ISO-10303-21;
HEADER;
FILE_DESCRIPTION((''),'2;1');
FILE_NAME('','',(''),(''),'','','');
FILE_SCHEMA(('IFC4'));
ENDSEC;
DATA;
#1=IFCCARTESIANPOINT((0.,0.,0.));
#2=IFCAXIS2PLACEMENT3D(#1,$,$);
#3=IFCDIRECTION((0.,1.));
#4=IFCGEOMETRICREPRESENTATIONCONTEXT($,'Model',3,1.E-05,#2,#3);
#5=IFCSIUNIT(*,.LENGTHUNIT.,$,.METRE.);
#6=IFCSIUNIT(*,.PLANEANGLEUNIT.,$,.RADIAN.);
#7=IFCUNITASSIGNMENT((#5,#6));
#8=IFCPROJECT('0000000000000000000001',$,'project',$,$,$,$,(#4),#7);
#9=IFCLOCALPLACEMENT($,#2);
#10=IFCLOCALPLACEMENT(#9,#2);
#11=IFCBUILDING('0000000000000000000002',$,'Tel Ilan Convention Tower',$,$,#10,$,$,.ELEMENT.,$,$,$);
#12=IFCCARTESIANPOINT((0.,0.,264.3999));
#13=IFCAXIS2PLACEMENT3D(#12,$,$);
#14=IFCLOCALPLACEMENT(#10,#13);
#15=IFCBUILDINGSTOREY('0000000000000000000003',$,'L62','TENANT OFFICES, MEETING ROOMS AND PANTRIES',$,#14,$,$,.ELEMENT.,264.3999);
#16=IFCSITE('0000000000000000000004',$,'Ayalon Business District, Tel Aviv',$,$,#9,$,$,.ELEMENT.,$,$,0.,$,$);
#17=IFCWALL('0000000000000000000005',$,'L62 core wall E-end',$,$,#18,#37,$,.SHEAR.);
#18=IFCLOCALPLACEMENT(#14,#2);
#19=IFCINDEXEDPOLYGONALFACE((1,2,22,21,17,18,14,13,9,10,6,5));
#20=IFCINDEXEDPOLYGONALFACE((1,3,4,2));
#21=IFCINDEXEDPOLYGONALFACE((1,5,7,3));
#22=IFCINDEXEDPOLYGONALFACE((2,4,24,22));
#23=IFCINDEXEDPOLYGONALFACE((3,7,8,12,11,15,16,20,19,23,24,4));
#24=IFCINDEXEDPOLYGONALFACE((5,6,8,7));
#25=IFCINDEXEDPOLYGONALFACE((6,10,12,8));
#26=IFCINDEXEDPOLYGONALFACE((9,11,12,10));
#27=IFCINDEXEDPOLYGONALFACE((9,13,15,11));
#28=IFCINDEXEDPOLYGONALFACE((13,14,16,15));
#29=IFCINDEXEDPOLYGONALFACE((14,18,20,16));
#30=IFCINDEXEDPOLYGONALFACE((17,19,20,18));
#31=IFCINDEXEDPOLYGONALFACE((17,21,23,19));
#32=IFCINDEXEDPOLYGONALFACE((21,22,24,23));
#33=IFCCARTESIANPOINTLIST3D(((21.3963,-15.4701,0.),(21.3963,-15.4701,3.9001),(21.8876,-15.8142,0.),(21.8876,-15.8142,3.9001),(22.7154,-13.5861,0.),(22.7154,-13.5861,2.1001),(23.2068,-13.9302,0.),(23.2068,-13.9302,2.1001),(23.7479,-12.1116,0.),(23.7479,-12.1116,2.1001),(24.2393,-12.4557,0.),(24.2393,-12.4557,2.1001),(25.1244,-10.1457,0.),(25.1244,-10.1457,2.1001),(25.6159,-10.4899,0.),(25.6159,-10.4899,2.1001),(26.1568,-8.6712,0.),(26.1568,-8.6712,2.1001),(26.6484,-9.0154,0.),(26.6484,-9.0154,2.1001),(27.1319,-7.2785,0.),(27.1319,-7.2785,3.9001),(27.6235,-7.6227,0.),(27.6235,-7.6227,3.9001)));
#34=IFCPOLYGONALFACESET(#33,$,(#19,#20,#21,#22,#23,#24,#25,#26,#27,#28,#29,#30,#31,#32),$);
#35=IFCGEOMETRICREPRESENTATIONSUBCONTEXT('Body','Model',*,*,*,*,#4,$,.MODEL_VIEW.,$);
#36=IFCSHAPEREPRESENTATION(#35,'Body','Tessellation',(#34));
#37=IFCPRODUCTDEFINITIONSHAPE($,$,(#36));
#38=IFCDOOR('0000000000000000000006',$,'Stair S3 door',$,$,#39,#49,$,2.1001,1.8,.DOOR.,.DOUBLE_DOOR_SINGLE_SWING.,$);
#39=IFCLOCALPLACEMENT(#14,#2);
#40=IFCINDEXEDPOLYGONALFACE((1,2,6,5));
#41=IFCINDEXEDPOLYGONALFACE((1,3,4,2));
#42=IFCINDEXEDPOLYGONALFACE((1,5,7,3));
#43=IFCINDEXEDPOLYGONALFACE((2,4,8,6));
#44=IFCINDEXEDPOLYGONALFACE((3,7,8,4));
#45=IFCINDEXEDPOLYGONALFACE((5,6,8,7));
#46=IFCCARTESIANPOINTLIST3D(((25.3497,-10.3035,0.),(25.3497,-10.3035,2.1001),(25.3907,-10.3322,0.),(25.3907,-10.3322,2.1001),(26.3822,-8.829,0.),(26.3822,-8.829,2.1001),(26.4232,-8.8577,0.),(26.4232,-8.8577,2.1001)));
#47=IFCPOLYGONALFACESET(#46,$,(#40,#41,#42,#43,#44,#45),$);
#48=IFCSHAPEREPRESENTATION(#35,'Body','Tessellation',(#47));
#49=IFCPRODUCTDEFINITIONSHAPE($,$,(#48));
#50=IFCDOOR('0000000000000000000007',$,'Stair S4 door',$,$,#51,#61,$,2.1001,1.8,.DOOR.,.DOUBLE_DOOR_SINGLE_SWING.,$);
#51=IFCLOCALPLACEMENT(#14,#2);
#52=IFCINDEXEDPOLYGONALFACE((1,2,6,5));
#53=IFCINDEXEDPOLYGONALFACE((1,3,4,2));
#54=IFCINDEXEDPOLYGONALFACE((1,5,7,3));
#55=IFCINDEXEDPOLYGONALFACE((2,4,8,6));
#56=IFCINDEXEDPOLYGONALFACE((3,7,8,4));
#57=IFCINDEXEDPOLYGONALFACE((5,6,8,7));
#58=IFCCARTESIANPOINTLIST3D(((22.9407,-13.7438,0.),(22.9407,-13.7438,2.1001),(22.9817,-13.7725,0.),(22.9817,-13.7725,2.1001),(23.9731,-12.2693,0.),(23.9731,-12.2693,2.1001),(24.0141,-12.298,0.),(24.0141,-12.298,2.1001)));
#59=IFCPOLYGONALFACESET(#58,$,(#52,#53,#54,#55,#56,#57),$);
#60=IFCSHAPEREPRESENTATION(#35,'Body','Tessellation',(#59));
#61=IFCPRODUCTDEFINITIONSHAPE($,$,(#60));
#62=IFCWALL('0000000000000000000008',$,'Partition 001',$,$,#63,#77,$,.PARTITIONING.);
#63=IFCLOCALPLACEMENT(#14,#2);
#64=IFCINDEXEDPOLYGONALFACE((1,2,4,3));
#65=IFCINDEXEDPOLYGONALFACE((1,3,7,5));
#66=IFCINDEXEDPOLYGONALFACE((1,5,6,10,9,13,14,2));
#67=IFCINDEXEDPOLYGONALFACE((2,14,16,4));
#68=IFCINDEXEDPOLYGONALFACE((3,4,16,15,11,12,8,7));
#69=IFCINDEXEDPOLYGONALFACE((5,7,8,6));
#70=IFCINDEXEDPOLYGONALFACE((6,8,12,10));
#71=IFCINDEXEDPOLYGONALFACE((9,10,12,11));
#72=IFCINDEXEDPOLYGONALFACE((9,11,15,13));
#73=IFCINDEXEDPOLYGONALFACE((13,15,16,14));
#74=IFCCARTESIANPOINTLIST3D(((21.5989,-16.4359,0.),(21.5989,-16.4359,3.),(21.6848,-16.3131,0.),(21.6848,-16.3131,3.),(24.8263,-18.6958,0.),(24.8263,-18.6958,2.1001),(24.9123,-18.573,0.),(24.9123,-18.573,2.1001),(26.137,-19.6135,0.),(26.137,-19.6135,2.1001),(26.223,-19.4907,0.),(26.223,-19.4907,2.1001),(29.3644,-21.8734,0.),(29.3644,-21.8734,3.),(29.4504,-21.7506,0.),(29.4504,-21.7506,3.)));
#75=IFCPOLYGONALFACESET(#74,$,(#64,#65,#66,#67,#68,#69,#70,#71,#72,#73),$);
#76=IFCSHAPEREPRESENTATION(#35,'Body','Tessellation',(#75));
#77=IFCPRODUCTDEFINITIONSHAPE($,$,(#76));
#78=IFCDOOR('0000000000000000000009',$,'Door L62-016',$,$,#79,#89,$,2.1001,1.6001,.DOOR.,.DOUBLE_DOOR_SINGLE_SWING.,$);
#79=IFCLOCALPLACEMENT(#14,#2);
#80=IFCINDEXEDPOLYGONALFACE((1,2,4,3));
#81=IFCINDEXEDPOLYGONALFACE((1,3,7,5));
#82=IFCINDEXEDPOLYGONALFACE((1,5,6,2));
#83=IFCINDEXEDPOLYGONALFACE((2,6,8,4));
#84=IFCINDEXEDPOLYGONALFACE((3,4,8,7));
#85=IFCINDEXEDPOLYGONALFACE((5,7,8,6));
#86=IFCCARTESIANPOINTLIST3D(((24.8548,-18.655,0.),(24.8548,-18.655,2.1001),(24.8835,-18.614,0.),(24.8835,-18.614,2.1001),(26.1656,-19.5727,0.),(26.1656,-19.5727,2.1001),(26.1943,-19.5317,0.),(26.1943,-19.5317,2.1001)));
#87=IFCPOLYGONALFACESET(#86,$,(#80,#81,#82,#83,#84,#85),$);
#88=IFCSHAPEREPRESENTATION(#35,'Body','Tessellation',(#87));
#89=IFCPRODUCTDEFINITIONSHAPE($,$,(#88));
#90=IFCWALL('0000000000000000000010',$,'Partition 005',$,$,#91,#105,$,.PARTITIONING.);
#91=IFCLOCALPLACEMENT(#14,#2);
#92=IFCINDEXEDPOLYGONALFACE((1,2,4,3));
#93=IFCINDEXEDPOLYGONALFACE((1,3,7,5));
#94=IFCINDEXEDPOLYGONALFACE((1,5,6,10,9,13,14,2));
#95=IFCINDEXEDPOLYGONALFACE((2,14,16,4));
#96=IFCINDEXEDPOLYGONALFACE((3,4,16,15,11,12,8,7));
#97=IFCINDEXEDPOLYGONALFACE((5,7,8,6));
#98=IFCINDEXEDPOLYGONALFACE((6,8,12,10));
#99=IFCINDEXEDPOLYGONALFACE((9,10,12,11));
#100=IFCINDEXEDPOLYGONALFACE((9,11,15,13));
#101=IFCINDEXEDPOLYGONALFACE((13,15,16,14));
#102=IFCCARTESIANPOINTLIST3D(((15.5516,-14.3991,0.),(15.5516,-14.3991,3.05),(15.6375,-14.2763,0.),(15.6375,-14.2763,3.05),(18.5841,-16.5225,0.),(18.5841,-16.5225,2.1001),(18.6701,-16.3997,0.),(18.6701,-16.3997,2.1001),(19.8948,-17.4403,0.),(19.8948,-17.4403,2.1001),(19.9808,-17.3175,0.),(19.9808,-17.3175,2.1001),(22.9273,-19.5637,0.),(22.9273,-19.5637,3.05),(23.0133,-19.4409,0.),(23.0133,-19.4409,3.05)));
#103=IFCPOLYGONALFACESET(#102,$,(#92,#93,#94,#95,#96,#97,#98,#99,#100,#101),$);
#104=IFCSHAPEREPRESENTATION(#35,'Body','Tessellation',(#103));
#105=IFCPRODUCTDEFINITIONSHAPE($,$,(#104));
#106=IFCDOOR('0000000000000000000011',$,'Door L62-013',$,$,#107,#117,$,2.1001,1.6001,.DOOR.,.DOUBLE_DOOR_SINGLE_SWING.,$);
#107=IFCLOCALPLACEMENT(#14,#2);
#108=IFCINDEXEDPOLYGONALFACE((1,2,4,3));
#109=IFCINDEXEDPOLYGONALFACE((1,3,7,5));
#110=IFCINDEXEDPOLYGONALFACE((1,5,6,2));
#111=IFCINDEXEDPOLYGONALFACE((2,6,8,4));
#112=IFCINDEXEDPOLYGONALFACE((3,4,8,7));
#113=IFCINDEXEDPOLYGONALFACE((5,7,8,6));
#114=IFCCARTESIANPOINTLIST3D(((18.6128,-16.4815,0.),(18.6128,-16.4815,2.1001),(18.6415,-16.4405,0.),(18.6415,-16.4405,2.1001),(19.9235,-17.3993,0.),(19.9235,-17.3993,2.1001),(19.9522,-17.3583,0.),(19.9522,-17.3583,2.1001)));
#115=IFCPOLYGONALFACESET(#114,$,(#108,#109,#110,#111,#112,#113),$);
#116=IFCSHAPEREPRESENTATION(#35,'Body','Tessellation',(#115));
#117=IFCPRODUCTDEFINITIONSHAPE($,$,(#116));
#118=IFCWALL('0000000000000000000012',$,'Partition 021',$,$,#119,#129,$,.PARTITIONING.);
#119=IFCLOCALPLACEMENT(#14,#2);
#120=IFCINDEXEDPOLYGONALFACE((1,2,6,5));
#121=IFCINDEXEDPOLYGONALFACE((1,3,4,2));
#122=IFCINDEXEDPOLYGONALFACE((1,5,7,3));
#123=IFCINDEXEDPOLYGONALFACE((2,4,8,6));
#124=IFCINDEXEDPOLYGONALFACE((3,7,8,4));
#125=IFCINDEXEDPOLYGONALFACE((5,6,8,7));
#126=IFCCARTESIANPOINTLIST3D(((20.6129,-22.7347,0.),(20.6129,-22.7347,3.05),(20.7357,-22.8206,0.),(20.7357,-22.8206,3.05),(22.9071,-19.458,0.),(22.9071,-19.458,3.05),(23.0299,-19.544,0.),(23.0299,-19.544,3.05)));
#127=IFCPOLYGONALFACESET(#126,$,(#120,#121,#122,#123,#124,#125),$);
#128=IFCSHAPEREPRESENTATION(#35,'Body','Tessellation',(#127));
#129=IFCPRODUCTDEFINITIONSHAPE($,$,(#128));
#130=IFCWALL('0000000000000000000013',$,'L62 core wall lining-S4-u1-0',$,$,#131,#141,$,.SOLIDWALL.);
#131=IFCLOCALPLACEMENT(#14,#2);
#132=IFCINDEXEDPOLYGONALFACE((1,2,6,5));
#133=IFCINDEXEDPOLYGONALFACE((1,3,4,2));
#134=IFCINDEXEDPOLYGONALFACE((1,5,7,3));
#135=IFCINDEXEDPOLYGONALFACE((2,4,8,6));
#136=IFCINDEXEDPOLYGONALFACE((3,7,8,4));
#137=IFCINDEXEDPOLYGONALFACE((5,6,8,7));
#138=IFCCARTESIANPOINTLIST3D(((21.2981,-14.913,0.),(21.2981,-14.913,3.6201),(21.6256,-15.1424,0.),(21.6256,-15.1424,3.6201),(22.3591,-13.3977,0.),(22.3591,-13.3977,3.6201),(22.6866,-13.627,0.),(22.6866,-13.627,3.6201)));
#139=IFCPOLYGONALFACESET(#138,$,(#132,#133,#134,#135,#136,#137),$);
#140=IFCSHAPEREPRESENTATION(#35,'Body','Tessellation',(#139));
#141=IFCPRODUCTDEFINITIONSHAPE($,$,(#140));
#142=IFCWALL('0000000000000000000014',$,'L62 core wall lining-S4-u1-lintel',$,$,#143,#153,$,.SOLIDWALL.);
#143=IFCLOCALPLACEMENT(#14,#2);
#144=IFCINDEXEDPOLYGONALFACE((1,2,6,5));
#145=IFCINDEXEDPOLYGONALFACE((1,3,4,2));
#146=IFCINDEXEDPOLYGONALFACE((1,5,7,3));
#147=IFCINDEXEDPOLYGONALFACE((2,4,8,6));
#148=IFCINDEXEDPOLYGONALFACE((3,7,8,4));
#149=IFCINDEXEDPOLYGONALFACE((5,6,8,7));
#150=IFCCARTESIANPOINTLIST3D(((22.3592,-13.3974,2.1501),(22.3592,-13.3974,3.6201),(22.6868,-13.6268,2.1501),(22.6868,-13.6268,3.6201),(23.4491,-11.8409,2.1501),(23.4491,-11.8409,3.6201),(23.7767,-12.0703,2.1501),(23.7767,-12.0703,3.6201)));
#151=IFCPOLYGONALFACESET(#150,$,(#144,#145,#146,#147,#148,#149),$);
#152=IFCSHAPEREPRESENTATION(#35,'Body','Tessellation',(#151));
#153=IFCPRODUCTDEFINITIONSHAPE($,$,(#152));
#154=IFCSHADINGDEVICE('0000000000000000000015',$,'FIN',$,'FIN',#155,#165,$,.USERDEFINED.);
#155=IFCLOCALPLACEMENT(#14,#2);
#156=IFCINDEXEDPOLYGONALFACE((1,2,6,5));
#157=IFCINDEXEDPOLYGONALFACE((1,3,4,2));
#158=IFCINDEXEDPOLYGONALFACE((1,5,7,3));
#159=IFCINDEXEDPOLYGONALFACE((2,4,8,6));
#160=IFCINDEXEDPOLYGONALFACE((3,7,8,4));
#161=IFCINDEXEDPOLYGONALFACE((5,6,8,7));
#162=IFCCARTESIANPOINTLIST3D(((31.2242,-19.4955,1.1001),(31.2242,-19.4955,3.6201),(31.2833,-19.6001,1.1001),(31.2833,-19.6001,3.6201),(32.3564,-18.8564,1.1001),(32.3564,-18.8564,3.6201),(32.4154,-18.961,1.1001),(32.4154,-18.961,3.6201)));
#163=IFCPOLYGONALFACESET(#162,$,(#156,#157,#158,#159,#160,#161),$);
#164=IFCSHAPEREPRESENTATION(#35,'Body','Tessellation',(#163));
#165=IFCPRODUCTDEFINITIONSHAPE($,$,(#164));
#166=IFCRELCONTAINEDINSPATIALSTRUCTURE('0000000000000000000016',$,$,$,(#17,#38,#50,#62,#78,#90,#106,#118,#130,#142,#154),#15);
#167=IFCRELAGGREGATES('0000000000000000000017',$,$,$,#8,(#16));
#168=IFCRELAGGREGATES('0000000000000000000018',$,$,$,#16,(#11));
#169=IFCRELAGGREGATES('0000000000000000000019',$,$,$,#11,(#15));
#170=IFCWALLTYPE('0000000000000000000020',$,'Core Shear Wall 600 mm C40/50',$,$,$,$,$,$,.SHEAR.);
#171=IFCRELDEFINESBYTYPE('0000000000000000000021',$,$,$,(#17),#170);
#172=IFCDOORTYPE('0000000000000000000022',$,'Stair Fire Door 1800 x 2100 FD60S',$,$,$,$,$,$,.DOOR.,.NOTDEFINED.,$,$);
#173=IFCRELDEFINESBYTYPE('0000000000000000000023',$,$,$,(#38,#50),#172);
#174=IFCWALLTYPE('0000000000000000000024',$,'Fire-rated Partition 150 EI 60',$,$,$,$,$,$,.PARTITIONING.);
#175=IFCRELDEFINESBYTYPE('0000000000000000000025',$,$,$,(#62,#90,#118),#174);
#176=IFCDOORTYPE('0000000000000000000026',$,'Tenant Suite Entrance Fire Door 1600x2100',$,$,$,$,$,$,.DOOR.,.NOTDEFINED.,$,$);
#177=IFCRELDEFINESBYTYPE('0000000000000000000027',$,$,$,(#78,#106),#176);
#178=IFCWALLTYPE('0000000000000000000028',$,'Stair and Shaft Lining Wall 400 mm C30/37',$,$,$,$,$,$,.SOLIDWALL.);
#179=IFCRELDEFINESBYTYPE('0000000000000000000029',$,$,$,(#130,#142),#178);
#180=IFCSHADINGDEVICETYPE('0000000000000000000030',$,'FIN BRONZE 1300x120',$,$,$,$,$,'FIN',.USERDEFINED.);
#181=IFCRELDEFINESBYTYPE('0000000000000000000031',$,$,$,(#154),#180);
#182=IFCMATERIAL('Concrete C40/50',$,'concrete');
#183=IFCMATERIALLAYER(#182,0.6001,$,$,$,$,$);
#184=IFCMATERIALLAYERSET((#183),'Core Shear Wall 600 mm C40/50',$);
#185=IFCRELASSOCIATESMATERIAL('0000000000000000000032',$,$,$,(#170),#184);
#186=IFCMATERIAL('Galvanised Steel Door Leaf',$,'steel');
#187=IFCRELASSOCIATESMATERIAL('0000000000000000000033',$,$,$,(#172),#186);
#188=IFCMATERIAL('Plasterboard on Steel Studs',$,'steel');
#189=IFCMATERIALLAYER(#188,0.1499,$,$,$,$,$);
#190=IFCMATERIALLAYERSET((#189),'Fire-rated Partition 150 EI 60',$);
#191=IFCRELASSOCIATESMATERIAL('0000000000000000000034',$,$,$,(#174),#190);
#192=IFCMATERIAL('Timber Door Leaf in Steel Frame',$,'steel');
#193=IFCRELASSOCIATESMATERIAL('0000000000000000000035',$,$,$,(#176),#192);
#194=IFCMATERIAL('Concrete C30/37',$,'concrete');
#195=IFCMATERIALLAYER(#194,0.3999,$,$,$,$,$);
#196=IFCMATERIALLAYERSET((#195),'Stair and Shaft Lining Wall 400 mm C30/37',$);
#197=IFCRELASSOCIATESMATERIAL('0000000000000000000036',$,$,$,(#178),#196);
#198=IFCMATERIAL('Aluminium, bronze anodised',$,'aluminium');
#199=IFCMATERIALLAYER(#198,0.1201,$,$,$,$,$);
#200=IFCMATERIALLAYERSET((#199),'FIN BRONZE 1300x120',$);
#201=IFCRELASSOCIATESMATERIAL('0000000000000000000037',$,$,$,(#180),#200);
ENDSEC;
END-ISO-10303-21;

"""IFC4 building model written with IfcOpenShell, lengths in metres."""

from ifc_helpers import new_model, si_unit, direction, frame, frame_2d, origin, origin_2d, place, context, subcontext, project, spatial, polyline, rectangle, outline, extrude, material, layer, layer_set, type_object, element, fill, save


model = new_model("IFC4")

# Units and contexts
model_context = context("Model", 3, precision=1e-05, world=origin(), true_north=direction((0.0, 1.0)))
body_context = subcontext(model_context, "Body", "Model", "MODEL_VIEW")
ifc_project = project(units=[si_unit("LENGTHUNIT", "METRE"), si_unit("PLANEANGLEUNIT", "RADIAN")], contexts=[model_context])

# Site, building, storey
site_placement = place(None, origin())
site = spatial("IfcSite", under=ifc_project, at=site_placement, Name="Ayalon Business District, Tel Aviv", CompositionType="ELEMENT", RefElevation=0.0)
building_placement = place(site_placement, origin())
building = spatial("IfcBuilding", under=site, at=building_placement, Name="Tel Ilan Convention Tower", CompositionType="ELEMENT")
storey_placement = place(building_placement, frame((0.0, 0.0, 264.3999)))
storey = spatial("IfcBuildingStorey", under=building, at=storey_placement, Name="L62", Description="TENANT OFFICES, MEETING ROOMS AND PANTRIES", CompositionType="ELEMENT", Elevation=264.3999)

# Wall, openings, doors
ifc_material_1 = material(Name="Concrete C40/50", Category="concrete")
ifc_layer_1 = layer(ifc_material_1, 0.6001)
ifc_layer_set_1 = layer_set([ifc_layer_1], Name="Core Shear Wall 600 mm C40/50")
wall_type_1 = type_object("IfcWallType", Name="Core Shear Wall 600 mm C40/50", PredefinedType="SHEAR", material=ifc_layer_set_1)
wall_1_placement = place(storey_placement, frame((21.6418, -15.6421, 0.0), z_axis=(0.0, 0.0, 1.0), x_axis=(0.573587, 0.819145, 0.0)))
wall_1 = element("IfcWall", 1, at=wall_1_placement, inside=storey, type_object=wall_type_1, Name="L62 core wall E-end", PredefinedType="SHEAR", context=body_context, shape_type="SweptSolid", body=[
    extrude(outline(polyline([(10.0, 0.3), (0.0, 0.2998), (0.0, -0.3), (10.0, -0.3), (10.0, 0.3)])), origin(), (0.0, 0.0, 1.0), 3.9001),
])
opening_1_placement = place(wall_1_placement, frame((6.5, 0.0, 0.0)))
opening_1 = element("IfcOpeningElement", 2, at=opening_1_placement, cuts=wall_1, PredefinedType="OPENING", context=body_context, shape_type="SweptSolid", body=[
    extrude(rectangle(XDim=1.8, YDim=2.1001, at=frame_2d((0.8999, 1.05))), frame((0.0, 0.3101, 0.0), z_axis=(0.0, -1.0, 0.0), x_axis=(1.0, 0.0, 0.0)), (0.0, 0.0, 1.0), 0.6201),
])
opening_2_placement = place(wall_1_placement, frame((2.3, 0.0, 0.0)))
opening_2 = element("IfcOpeningElement", 3, at=opening_2_placement, cuts=wall_1, PredefinedType="OPENING", context=body_context, shape_type="SweptSolid", body=[
    extrude(rectangle(XDim=1.8, YDim=2.1001, at=frame_2d((0.8999, 1.05))), frame((0.0, 0.3101, 0.0), z_axis=(0.0, -1.0, 0.0), x_axis=(1.0, 0.0, 0.0)), (0.0, 0.0, 1.0), 0.6201),
])
ifc_material_2 = material(Name="Galvanised Steel Door Leaf", Category="steel")
door_type_1 = type_object("IfcDoorType", Name="Stair Fire Door 1800 x 2100 FD60S", OperationType="NOTDEFINED", PredefinedType="DOOR", material=ifc_material_2)
door_1_placement = place(opening_1_placement, origin())
door_1 = element("IfcDoor", 4, at=door_1_placement, inside=storey, type_object=door_type_1, Name="Stair S3 door", OperationType="DOUBLE_DOOR_SINGLE_SWING", OverallHeight=2.1001, OverallWidth=1.8, PredefinedType="DOOR", context=body_context, shape_type="SweptSolid", body=[
    extrude(rectangle(XDim=1.8, YDim=2.1001, at=frame_2d((0.8999, 1.05))), frame((0.0, 0.0249, 0.0), z_axis=(0.0, -1.0, 0.0), x_axis=(1.0, 0.0, 0.0)), (0.0, 0.0, 1.0), 0.05),
])
fill(opening_1, door_1)
door_2_placement = place(opening_2_placement, origin())
door_2 = element("IfcDoor", 5, at=door_2_placement, inside=storey, type_object=door_type_1, Name="Stair S4 door", OperationType="DOUBLE_DOOR_SINGLE_SWING", OverallHeight=2.1001, OverallWidth=1.8, PredefinedType="DOOR", context=body_context, shape_type="SweptSolid", body=[
    extrude(rectangle(XDim=1.8, YDim=2.1001, at=frame_2d((0.8999, 1.05))), frame((0.0, 0.0249, 0.0), z_axis=(0.0, -1.0, 0.0), x_axis=(1.0, 0.0, 0.0)), (0.0, 0.0, 1.0), 0.05),
])
fill(opening_2, door_2)

# Walls, openings, doors
ifc_material_3 = material(Name="Plasterboard on Steel Studs", Category="steel")
ifc_layer_2 = layer(ifc_material_3, 0.1499)
ifc_layer_set_2 = layer_set([ifc_layer_2], Name="Fire-rated Partition 150 EI 60")
wall_type_2 = type_object("IfcWallType", Name="Fire-rated Partition 150 EI 60", PredefinedType="PARTITIONING", material=ifc_layer_set_2)
wall_2_placement = place(storey_placement, frame((21.6418, -16.3745, 0.0), z_axis=(0.0, 0.0, 1.0), x_axis=(0.819154, -0.573573, 0.0)))
wall_2 = element("IfcWall", 6, at=wall_2_placement, inside=storey, type_object=wall_type_2, Name="Partition 001", PredefinedType="PARTITIONING", context=body_context, shape_type="SweptSolid", body=[
    extrude(rectangle(XDim=9.48, YDim=0.1499, at=frame_2d((4.74, 0.0))), origin(), (0.0, 0.0, 1.0), 3.0),
])
opening_3_placement = place(wall_2_placement, frame((3.9399, 0.0, 0.0)))
opening_3 = element("IfcOpeningElement", 7, at=opening_3_placement, cuts=wall_2, PredefinedType="OPENING", context=body_context, shape_type="SweptSolid", body=[
    extrude(rectangle(XDim=1.6001, YDim=2.1001, at=frame_2d((0.8, 1.05))), frame((0.0, 0.085, 0.0), z_axis=(0.0, -1.0, 0.0), x_axis=(1.0, 0.0, 0.0)), (0.0, 0.0, 1.0), 0.1699),
])
ifc_material_4 = material(Name="Timber Door Leaf in Steel Frame", Category="steel")
door_type_2 = type_object("IfcDoorType", Name="Tenant Suite Entrance Fire Door 1600x2100", OperationType="NOTDEFINED", PredefinedType="DOOR", material=ifc_material_4)
door_3_placement = place(opening_3_placement, origin())
door_3 = element("IfcDoor", 8, at=door_3_placement, inside=storey, type_object=door_type_2, Name="Door L62-016", OperationType="DOUBLE_DOOR_SINGLE_SWING", OverallHeight=2.1001, OverallWidth=1.6001, PredefinedType="DOOR", context=body_context, shape_type="SweptSolid", body=[
    extrude(rectangle(XDim=1.6001, YDim=2.1001, at=frame_2d((0.8, 1.05))), frame((0.0, 0.0249, 0.0), z_axis=(0.0, -1.0, 0.0), x_axis=(1.0, 0.0, 0.0)), (0.0, 0.0, 1.0), 0.05),
])
fill(opening_3, door_3)
wall_3_placement = place(storey_placement, frame((22.9702, -19.5022, 0.0), z_axis=(0.0, 0.0, 1.0), x_axis=(-0.819152, 0.573577, 0.0)))
wall_3 = element("IfcWall", 9, at=wall_3_placement, inside=storey, type_object=wall_type_2, Name="Partition 005", PredefinedType="PARTITIONING", context=body_context, shape_type="SweptSolid", body=[
    extrude(rectangle(XDim=9.0042, YDim=0.1499, at=frame_2d((4.502, 0.0))), origin(), (0.0, 0.0, 1.0), 3.05),
])
opening_4_placement = place(wall_3_placement, frame((3.7019, 0.0, 0.0)))
opening_4 = element("IfcOpeningElement", 10, at=opening_4_placement, cuts=wall_3, PredefinedType="OPENING", context=body_context, shape_type="SweptSolid", body=[
    extrude(rectangle(XDim=1.6001, YDim=2.1001, at=frame_2d((0.8, 1.05))), frame((0.0, 0.085, 0.0), z_axis=(0.0, -1.0, 0.0), x_axis=(1.0, 0.0, 0.0)), (0.0, 0.0, 1.0), 0.1699),
])
door_4_placement = place(opening_4_placement, origin())
door_4 = element("IfcDoor", 11, at=door_4_placement, inside=storey, type_object=door_type_2, Name="Door L62-013", OperationType="DOUBLE_DOOR_SINGLE_SWING", OverallHeight=2.1001, OverallWidth=1.6001, PredefinedType="DOOR", context=body_context, shape_type="SweptSolid", body=[
    extrude(rectangle(XDim=1.6001, YDim=2.1001, at=frame_2d((0.8, 1.05))), frame((0.0, 0.0249, 0.0), z_axis=(0.0, -1.0, 0.0), x_axis=(1.0, 0.0, 0.0)), (0.0, 0.0, 1.0), 0.05),
])
fill(opening_4, door_4)

# Walls
wall_4_placement = place(storey_placement, frame((22.9685, -19.501, 0.0), z_axis=(0.0, 0.0, 1.0), x_axis=(-0.573557, -0.819166, 0.0)))
element("IfcWall", 12, at=wall_4_placement, inside=storey, type_object=wall_type_2, Name="Partition 021", PredefinedType="PARTITIONING", context=body_context, shape_type="SweptSolid", body=[
    extrude(rectangle(XDim=4.0, YDim=0.1499, at=frame_2d((2.0, 0.0))), origin(), (0.0, 0.0, 1.0), 3.05),
])
ifc_material_5 = material(Name="Concrete C30/37", Category="concrete")
ifc_layer_3 = layer(ifc_material_5, 0.3999)
ifc_layer_set_3 = layer_set([ifc_layer_3], Name="Stair and Shaft Lining Wall 400 mm C30/37")
wall_type_3 = type_object("IfcWallType", Name="Stair and Shaft Lining Wall 400 mm C30/37", PredefinedType="SOLIDWALL", material=ifc_layer_set_3)
wall_5_placement = place(storey_placement, frame((21.4619, -15.0276, 0.0), z_axis=(0.0, 0.0, 1.0), x_axis=(0.57356, 0.819164, 0.0)))
element("IfcWall", 13, at=wall_5_placement, inside=storey, type_object=wall_type_3, Name="L62 core wall lining-S4-u1-0", PredefinedType="SOLIDWALL", context=body_context, shape_type="SweptSolid", body=[
    extrude(rectangle(XDim=1.8499, YDim=0.3999, at=frame_2d((0.9248, 0.0))), origin(), (0.0, 0.0, 1.0), 3.6201),
])
wall_6_placement = place(storey_placement, frame((22.5229, -13.5122, 2.1501), z_axis=(0.0, 0.0, 1.0), x_axis=(0.573592, 0.819141, 0.0)))
element("IfcWall", 14, at=wall_6_placement, inside=storey, type_object=wall_type_3, Name="L62 core wall lining-S4-u1-lintel", PredefinedType="SOLIDWALL", context=body_context, shape_type="SweptSolid", body=[
    extrude(rectangle(XDim=1.9001, YDim=0.3999, at=frame_2d((0.9502, 0.0))), origin(), (0.0, 0.0, 1.0), 1.47),
])

# Shading device
ifc_material_6 = material(Name="Aluminium, bronze anodised", Category="aluminium")
ifc_layer_4 = layer(ifc_material_6, 0.1201)
ifc_layer_set_4 = layer_set([ifc_layer_4], Name="FIN BRONZE 1300x120")
shading_device_type = type_object("IfcShadingDeviceType", Name="FIN BRONZE 1300x120", ElementType="FIN", PredefinedType="USERDEFINED", material=ifc_layer_set_4)
for number, where, z_axis, x_axis, name in (
    (15, (31.8198, -19.2283, 1.1001), (0.0, 0.0, 1.0), (0.870833, 0.491579, 0.0), "FIN"),
):
    element("IfcShadingDevice", number, at=place(storey_placement, frame(where, z_axis=z_axis, x_axis=x_axis)), inside=storey, type_object=shading_device_type, Name=name, ObjectType="FIN", PredefinedType="USERDEFINED", context=body_context, shape_type="SweptSolid", body=[
        extrude(rectangle(XDim=1.3, YDim=0.1201, at=origin_2d()), origin(), (0.0, 0.0, 1.0), 2.52),
    ])

save(model, "model.ifc")
